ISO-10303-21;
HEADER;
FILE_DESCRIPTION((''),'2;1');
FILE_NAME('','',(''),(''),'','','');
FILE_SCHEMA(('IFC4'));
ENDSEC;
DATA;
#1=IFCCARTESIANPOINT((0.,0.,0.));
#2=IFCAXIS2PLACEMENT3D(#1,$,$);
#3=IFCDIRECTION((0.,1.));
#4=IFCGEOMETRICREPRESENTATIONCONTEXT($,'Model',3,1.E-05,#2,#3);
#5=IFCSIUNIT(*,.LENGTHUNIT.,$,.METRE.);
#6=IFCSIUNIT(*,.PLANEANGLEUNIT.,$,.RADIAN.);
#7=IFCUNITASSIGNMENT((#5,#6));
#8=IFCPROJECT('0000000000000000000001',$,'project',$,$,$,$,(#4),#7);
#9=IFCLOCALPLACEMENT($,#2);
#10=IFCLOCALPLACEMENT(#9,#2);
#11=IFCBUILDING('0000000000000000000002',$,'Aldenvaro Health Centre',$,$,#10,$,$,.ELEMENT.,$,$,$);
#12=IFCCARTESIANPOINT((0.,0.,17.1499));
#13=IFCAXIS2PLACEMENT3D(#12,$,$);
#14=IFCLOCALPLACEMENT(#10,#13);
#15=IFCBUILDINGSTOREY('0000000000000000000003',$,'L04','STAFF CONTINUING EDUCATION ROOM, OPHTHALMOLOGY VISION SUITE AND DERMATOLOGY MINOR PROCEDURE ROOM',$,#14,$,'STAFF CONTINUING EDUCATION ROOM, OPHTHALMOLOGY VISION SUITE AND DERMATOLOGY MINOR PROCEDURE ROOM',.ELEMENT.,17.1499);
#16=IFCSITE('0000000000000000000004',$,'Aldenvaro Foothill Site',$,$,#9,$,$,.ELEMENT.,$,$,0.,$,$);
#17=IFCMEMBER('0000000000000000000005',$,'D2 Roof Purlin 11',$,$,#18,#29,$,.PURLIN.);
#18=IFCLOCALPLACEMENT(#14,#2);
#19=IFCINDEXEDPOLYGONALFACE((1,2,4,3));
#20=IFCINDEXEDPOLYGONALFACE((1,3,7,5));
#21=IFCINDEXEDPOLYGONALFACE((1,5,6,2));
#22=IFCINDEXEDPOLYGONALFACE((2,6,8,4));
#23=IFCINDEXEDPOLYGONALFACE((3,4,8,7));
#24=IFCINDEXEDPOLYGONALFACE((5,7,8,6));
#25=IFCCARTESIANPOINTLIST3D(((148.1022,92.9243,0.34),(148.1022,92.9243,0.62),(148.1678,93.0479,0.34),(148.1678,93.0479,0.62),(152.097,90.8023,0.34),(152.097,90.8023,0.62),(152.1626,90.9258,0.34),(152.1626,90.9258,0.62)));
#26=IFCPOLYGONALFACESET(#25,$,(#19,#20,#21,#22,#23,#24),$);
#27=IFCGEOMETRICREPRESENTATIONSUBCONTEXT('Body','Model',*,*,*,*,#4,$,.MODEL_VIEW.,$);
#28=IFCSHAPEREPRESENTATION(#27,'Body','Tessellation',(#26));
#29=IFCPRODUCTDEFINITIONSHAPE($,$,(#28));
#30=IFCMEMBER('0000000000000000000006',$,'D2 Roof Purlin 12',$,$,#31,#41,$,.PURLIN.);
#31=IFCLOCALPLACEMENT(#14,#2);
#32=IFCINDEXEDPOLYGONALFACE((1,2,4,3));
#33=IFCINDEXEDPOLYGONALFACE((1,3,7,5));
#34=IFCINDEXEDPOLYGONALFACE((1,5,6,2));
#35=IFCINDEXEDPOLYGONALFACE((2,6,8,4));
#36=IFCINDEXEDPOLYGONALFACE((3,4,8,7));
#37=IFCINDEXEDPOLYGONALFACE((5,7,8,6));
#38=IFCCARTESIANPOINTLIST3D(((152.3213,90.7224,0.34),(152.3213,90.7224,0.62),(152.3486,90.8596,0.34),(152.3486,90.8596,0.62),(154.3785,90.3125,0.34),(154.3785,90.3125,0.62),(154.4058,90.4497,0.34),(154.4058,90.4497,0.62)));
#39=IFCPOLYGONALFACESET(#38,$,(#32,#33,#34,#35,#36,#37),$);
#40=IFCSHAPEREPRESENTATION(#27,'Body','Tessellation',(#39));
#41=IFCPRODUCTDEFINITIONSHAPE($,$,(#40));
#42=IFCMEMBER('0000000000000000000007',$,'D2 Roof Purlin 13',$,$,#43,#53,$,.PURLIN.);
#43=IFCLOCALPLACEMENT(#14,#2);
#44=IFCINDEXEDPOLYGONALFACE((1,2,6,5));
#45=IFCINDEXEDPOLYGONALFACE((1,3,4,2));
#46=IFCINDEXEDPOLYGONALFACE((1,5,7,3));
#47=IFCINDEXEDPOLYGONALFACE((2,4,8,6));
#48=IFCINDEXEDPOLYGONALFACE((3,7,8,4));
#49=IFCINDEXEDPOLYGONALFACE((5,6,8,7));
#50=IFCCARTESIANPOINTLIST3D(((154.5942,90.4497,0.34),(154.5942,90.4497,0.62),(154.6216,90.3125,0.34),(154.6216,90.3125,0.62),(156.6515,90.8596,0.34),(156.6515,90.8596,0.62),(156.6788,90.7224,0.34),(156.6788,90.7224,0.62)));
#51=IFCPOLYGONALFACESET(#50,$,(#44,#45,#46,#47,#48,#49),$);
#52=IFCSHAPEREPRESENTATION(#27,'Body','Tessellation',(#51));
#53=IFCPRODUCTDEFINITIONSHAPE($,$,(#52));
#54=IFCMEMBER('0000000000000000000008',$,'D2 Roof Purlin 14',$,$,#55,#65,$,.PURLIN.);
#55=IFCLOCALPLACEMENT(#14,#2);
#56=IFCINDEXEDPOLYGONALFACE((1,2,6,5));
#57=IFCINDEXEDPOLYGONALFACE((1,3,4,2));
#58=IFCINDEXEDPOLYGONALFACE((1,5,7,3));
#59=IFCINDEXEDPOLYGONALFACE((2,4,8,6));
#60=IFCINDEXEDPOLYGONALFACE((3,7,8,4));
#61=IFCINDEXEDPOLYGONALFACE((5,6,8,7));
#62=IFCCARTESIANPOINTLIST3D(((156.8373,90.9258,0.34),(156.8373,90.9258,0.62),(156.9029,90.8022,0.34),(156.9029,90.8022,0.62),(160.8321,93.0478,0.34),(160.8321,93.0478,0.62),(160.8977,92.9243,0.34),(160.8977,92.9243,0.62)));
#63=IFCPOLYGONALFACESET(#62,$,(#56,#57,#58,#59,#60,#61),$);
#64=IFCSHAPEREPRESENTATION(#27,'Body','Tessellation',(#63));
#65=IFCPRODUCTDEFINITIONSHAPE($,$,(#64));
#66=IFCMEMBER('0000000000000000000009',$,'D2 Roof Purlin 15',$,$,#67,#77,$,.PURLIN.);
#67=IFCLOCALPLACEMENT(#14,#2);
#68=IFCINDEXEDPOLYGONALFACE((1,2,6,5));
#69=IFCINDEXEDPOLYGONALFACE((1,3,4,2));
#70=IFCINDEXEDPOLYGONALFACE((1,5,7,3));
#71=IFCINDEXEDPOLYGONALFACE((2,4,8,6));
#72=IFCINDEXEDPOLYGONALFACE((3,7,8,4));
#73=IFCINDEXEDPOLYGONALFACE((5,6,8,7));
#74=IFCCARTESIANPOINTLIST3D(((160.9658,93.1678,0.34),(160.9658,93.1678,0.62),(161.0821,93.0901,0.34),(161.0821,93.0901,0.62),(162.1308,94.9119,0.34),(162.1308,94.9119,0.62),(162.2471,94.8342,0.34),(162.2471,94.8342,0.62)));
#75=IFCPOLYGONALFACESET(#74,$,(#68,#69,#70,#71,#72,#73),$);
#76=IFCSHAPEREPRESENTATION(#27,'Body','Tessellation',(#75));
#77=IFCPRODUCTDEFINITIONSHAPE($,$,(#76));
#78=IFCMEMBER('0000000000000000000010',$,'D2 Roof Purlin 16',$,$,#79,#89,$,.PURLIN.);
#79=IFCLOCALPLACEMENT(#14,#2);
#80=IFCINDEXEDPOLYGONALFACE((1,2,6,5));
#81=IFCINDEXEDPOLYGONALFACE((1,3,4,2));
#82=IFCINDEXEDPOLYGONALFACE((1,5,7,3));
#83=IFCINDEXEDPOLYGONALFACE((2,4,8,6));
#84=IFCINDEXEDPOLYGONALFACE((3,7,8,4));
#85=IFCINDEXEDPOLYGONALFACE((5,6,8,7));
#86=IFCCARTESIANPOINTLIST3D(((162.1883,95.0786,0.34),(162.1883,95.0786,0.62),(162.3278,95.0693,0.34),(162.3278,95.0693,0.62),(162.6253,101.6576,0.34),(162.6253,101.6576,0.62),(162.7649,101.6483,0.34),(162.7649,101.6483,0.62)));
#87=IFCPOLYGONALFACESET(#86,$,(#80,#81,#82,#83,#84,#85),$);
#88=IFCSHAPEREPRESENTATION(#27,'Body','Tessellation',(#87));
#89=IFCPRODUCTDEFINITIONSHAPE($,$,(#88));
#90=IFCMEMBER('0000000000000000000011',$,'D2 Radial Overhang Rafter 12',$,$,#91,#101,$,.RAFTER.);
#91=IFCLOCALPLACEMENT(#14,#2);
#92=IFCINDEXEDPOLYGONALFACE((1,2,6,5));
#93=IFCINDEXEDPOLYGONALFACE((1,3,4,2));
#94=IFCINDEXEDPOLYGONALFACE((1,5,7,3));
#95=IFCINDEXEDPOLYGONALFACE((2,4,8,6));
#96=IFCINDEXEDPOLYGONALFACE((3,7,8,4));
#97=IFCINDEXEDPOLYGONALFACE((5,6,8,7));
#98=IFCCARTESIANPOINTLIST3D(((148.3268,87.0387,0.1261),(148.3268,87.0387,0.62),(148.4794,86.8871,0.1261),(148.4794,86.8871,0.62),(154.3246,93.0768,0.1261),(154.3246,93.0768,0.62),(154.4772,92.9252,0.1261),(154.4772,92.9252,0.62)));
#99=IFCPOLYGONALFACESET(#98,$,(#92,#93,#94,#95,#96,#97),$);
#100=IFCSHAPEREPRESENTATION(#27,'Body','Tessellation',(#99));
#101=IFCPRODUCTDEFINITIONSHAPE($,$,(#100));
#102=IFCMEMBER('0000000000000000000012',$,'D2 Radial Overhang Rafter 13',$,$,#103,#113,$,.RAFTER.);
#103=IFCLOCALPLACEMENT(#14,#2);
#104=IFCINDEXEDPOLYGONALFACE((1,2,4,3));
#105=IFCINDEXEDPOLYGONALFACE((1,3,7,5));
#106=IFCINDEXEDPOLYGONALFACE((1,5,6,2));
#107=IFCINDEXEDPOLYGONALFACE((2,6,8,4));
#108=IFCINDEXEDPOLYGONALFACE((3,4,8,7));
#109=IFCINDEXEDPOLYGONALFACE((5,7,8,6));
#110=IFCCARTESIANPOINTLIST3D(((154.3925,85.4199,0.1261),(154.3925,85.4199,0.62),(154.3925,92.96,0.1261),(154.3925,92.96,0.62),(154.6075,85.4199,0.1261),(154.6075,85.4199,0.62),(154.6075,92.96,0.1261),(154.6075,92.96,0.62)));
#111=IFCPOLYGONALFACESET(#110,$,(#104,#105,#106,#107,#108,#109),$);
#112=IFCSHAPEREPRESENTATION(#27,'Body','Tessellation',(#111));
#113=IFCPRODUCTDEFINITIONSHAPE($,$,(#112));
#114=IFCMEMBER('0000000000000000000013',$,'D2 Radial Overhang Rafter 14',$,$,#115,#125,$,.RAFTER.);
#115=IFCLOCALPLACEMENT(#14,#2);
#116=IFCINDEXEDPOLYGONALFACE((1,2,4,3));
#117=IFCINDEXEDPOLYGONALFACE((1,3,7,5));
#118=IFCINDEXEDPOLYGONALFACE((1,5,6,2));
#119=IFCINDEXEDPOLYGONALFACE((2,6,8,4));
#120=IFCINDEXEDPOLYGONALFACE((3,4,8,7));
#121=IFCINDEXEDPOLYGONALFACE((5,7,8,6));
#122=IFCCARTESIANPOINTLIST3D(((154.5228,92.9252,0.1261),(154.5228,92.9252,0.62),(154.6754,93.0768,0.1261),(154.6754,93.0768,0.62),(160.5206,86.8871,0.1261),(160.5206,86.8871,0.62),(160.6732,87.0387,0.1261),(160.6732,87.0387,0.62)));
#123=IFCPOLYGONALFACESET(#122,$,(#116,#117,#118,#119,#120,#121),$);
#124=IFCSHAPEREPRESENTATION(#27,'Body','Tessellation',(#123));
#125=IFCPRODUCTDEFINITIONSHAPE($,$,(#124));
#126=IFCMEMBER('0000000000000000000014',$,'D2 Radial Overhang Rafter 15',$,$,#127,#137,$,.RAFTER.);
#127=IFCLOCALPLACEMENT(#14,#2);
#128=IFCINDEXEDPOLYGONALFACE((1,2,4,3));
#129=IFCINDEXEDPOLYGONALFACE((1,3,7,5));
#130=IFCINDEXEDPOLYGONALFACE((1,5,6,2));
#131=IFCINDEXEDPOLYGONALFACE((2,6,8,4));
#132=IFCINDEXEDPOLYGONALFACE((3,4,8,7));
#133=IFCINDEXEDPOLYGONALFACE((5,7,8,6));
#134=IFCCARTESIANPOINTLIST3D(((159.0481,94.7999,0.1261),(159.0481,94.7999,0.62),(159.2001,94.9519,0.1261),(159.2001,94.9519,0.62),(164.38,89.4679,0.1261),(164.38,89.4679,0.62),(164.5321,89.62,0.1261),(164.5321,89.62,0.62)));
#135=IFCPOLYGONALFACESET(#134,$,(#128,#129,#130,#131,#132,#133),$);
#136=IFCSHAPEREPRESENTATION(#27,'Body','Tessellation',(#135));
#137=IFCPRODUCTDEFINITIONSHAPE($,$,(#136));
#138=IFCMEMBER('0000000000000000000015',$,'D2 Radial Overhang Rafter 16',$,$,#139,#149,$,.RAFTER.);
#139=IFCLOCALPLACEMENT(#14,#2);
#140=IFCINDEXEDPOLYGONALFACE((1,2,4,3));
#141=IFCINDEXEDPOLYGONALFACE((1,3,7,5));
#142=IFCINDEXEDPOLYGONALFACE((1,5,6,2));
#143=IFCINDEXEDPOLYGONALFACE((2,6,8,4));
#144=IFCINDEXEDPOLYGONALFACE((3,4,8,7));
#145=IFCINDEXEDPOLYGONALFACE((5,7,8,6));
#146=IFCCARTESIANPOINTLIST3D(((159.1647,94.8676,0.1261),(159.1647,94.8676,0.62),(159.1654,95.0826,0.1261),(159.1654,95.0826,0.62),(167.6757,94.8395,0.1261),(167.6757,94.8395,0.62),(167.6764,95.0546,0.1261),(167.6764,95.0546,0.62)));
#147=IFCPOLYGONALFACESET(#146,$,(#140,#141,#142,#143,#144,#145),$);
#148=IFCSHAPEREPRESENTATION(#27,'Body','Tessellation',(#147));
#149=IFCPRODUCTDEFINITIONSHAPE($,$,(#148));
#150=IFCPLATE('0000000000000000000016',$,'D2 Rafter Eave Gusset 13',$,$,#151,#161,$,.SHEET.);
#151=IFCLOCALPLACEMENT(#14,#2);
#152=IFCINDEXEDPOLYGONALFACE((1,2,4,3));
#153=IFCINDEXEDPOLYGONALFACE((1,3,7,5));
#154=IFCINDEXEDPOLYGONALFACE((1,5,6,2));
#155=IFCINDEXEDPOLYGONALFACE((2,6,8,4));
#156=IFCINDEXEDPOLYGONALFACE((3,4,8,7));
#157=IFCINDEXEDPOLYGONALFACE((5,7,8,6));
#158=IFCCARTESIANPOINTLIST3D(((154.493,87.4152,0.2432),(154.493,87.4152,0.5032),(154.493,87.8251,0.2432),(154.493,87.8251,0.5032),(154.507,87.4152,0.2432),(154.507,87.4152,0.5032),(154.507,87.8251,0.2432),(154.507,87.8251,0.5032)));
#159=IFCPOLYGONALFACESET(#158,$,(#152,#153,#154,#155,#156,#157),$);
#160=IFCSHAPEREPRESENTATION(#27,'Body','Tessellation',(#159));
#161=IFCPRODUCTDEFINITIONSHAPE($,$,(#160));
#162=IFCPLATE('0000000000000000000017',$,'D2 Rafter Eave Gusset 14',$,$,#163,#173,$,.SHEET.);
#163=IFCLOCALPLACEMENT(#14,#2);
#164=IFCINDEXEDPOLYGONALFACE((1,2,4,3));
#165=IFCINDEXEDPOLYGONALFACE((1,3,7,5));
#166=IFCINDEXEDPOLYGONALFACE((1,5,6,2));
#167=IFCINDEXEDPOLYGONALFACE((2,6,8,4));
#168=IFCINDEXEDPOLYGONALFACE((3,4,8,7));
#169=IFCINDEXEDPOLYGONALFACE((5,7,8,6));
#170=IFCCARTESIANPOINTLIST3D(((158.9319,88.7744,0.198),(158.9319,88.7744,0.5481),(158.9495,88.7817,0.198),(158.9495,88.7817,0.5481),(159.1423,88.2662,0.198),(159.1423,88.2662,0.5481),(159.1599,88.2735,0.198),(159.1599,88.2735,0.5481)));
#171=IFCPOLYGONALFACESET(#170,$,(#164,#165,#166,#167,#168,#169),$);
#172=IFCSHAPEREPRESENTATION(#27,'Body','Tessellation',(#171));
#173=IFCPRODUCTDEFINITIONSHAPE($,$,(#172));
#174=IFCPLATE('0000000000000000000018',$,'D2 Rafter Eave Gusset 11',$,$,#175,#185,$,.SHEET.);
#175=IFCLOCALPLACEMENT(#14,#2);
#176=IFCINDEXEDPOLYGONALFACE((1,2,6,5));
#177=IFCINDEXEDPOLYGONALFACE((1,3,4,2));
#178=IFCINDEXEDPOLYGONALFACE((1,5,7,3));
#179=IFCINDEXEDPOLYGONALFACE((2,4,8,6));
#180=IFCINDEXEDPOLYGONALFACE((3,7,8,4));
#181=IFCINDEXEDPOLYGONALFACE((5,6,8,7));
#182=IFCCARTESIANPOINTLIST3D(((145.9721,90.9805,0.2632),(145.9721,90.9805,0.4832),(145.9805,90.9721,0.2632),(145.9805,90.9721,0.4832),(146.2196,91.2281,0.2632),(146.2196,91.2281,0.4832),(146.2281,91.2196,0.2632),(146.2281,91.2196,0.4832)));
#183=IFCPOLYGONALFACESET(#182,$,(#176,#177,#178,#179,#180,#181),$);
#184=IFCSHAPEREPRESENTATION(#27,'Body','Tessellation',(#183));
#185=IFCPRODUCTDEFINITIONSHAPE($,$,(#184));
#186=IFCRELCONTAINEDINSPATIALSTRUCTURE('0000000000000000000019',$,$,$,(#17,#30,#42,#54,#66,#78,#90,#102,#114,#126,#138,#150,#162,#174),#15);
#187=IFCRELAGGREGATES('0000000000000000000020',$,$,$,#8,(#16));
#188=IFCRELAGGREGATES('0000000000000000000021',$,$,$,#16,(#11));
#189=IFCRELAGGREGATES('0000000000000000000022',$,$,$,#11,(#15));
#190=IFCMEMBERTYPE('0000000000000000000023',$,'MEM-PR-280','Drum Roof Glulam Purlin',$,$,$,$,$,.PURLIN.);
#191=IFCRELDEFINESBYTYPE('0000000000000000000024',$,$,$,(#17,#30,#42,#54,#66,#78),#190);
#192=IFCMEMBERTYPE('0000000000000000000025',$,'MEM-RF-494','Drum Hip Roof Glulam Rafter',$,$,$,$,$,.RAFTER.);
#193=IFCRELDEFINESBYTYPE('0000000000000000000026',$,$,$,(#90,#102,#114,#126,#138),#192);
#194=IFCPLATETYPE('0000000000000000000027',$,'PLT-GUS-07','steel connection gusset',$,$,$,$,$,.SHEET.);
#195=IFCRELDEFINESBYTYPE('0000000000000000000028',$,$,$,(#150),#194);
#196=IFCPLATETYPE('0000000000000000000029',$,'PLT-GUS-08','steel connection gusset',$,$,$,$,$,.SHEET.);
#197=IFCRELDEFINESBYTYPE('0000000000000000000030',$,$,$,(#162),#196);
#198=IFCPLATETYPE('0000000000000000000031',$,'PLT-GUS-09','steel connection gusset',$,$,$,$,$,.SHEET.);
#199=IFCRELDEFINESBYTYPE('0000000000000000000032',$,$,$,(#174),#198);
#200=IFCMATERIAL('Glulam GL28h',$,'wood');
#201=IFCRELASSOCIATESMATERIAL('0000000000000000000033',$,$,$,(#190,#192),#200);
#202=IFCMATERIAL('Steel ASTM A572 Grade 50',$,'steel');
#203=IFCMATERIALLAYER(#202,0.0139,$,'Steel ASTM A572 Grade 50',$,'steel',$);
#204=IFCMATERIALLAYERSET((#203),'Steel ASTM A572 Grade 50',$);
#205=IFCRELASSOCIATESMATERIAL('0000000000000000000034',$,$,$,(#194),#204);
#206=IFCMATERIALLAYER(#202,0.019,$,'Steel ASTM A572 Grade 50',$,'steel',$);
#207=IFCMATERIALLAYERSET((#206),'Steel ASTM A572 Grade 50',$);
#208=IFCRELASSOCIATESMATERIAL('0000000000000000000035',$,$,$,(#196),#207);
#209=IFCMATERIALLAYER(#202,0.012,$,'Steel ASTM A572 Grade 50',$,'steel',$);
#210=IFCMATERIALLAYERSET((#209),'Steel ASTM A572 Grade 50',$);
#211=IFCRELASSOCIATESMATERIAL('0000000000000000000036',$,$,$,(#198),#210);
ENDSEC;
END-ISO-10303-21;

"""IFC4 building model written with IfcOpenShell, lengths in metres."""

from ifc_helpers import new_model, si_unit, direction, frame, origin, origin_2d, place, context, subcontext, project, spatial, rectangle, extrude, material, layer, layer_set, material_profile, profile_set, type_object, element, save


model = new_model("IFC4")

# Units and contexts
model_context = context("Model", 3, precision=1e-05, world=origin(), true_north=direction((0.0, 1.0)))
body_context = subcontext(model_context, "Body", "Model", "MODEL_VIEW")
ifc_project = project(units=[si_unit("LENGTHUNIT", "METRE"), si_unit("PLANEANGLEUNIT", "RADIAN")], contexts=[model_context])

# Site, building, storey
site_placement = place(None, origin())
site = spatial("IfcSite", under=ifc_project, at=site_placement, Name="Aldenvaro Foothill Site", CompositionType="ELEMENT", RefElevation=0.0)
building_placement = place(site_placement, origin())
building = spatial("IfcBuilding", under=site, at=building_placement, Name="Aldenvaro Health Centre", CompositionType="ELEMENT")
storey_placement = place(building_placement, frame((0.0, 0.0, 17.1499)))
storey = spatial("IfcBuildingStorey", under=building, at=storey_placement, Name="L04", Description="STAFF CONTINUING EDUCATION ROOM, OPHTHALMOLOGY VISION SUITE AND DERMATOLOGY MINOR PROCEDURE ROOM", LongName="STAFF CONTINUING EDUCATION ROOM, OPHTHALMOLOGY VISION SUITE AND DERMATOLOGY MINOR PROCEDURE ROOM", CompositionType="ELEMENT", Elevation=17.1499)

# Shared definitions
ifc_material_1 = material(Name="Glulam GL28h", Category="wood")

# Members
ifc_material_profile_1 = material_profile(ifc_material_1, rectangle(XDim=0.1399, YDim=0.28, at=origin_2d()), Name="GL 140x280", Category="wood")
ifc_profile_set_1 = profile_set([ifc_material_profile_1], Name="Glulam GL28h")
member_type_1 = type_object("IfcMemberType", Name="MEM-PR-280", Description="Drum Roof Glulam Purlin", PredefinedType="PURLIN", material=ifc_profile_set_1)
member_1_placement = place(storey_placement, frame((148.135, 92.9861, 0.48), z_axis=(0.883135, -0.46912, 0.0), x_axis=(0.46912, 0.883135, 0.0)))
element("IfcMember", 1, at=member_1_placement, inside=storey, type_object=member_type_1, Name="D2 Roof Purlin 11", PredefinedType="PURLIN", context=body_context, shape_type="SweptSolid", body=[
    extrude(rectangle(XDim=0.1399, YDim=0.28, at=origin_2d()), origin(), (0.0, 0.0, 1.0), 4.5234),
])
for number, where, z_axis, x_axis, name in (
    (2, (152.335, 90.791, 0.48), (0.980719, -0.195422, 0.0), (0.195422, 0.980719, 0.0), "D2 Roof Purlin 12"),
    (3, (154.6079, 90.3811, 0.48), (0.980719, 0.195422, 0.0), (-0.195422, 0.980719, 0.0), "D2 Roof Purlin 13"),
):
    element("IfcMember", number, at=place(storey_placement, frame(where, z_axis=z_axis, x_axis=x_axis)), inside=storey, type_object=member_type_1, Name=name, PredefinedType="PURLIN", context=body_context, shape_type="SweptSolid", body=[
        extrude(rectangle(XDim=0.1399, YDim=0.28, at=origin_2d()), origin(), (0.0, 0.0, 1.0), 2.0977),
    ])
member_2_placement = place(storey_placement, frame((156.8701, 90.864, 0.48), z_axis=(0.883135, 0.46912, 0.0), x_axis=(-0.46912, 0.883135, 0.0)))
element("IfcMember", 4, at=member_2_placement, inside=storey, type_object=member_type_1, Name="D2 Roof Purlin 14", PredefinedType="PURLIN", context=body_context, shape_type="SweptSolid", body=[
    extrude(rectangle(XDim=0.1399, YDim=0.28, at=origin_2d()), origin(), (0.0, 0.0, 1.0), 4.5234),
])
member_3_placement = place(storey_placement, frame((161.0239, 93.1289, 0.48), z_axis=(0.555452, 0.831549, 0.0), x_axis=(-0.831549, 0.555452, 0.0)))
element("IfcMember", 5, at=member_3_placement, inside=storey, type_object=member_type_1, Name="D2 Roof Purlin 15", PredefinedType="PURLIN", context=body_context, shape_type="SweptSolid", body=[
    extrude(rectangle(XDim=0.1399, YDim=0.28, at=origin_2d()), origin(), (0.0, 0.0, 1.0), 2.0974),
])
member_4_placement = place(storey_placement, frame((162.2581, 95.074, 0.48), z_axis=(0.066278, 0.997801, 0.0), x_axis=(-0.997801, 0.066278, 0.0)))
element("IfcMember", 6, at=member_4_placement, inside=storey, type_object=member_type_1, Name="D2 Roof Purlin 16", PredefinedType="PURLIN", context=body_context, shape_type="SweptSolid", body=[
    extrude(rectangle(XDim=0.1399, YDim=0.28, at=origin_2d()), origin(), (0.0, 0.0, 1.0), 6.5935),
])
ifc_material_profile_2 = material_profile(ifc_material_1, rectangle(XDim=0.2151, YDim=0.4939, at=origin_2d()), Name="GL 215x494", Category="wood")
ifc_profile_set_2 = profile_set([ifc_material_profile_2], Name="Glulam GL28h")
member_type_2 = type_object("IfcMemberType", Name="MEM-RF-494", Description="Drum Hip Roof Glulam Rafter", PredefinedType="RAFTER", material=ifc_profile_set_2)
member_5_placement = place(storey_placement, frame((148.4031, 86.9629, 0.373), z_axis=(0.704736, 0.709469, 0.0), x_axis=(-0.709469, 0.704736, 0.0)))
element("IfcMember", 7, at=member_5_placement, inside=storey, type_object=member_type_2, Name="D2 Radial Overhang Rafter 12", PredefinedType="RAFTER", context=body_context, shape_type="SweptSolid", body=[
    extrude(rectangle(XDim=0.2151, YDim=0.4939, at=origin_2d()), origin(), (0.0, 0.0, 1.0), 8.5107),
])
member_6_placement = place(storey_placement, frame((154.5, 85.4199, 0.373), z_axis=(0.0, 1.0, 0.0), x_axis=(-1.0, 0.0, 0.0)))
element("IfcMember", 8, at=member_6_placement, inside=storey, type_object=member_type_2, Name="D2 Radial Overhang Rafter 13", PredefinedType="RAFTER", context=body_context, shape_type="SweptSolid", body=[
    extrude(rectangle(XDim=0.2151, YDim=0.4939, at=origin_2d()), origin(), (0.0, 0.0, 1.0), 7.54),
])
member_7_placement = place(storey_placement, frame((160.5969, 86.9629, 0.373), z_axis=(-0.704736, 0.709469, 0.0), x_axis=(-0.709469, -0.704736, 0.0)))
element("IfcMember", 9, at=member_7_placement, inside=storey, type_object=member_type_2, Name="D2 Radial Overhang Rafter 14", PredefinedType="RAFTER", context=body_context, shape_type="SweptSolid", body=[
    extrude(rectangle(XDim=0.2151, YDim=0.4939, at=origin_2d()), origin(), (0.0, 0.0, 1.0), 8.5107),
])
member_8_placement = place(storey_placement, frame((164.4561, 89.5439, 0.373), z_axis=(-0.707107, 0.707107, 0.0), x_axis=(-0.707107, -0.707107, 0.0)))
element("IfcMember", 10, at=member_8_placement, inside=storey, type_object=member_type_2, Name="D2 Radial Overhang Rafter 15", PredefinedType="RAFTER", context=body_context, shape_type="SweptSolid", body=[
    extrude(rectangle(XDim=0.2151, YDim=0.4939, at=origin_2d()), origin(), (0.0, 0.0, 1.0), 7.5405),
])
member_9_placement = place(storey_placement, frame((167.676, 94.947, 0.373), z_axis=(-0.999995, 0.003299, 0.0), x_axis=(-0.003299, -0.999995, 0.0)))
element("IfcMember", 11, at=member_9_placement, inside=storey, type_object=member_type_2, Name="D2 Radial Overhang Rafter 16", PredefinedType="RAFTER", context=body_context, shape_type="SweptSolid", body=[
    extrude(rectangle(XDim=0.2151, YDim=0.4939, at=origin_2d()), origin(), (0.0, 0.0, 1.0), 8.511),
])

# Plates
ifc_material_2 = material(Name="Steel ASTM A572 Grade 50", Category="steel")
ifc_layer_1 = layer(ifc_material_2, 0.0139, Name="Steel ASTM A572 Grade 50", Category="steel")
ifc_layer_set_1 = layer_set([ifc_layer_1], Name="Steel ASTM A572 Grade 50")
plate_type_1 = type_object("IfcPlateType", Name="PLT-GUS-07", Description="steel connection gusset", PredefinedType="SHEET", material=ifc_layer_set_1)
plate_1_placement = place(storey_placement, frame((154.5, 87.6201, 0.2432), z_axis=(0.0, 0.0, 1.0), x_axis=(0.0, -1.0, 0.0)))
element("IfcPlate", 12, at=plate_1_placement, inside=storey, type_object=plate_type_1, Name="D2 Rafter Eave Gusset 13", PredefinedType="SHEET", context=body_context, shape_type="SweptSolid", body=[
    extrude(rectangle(XDim=0.4099, YDim=0.0139, at=origin_2d()), origin(), (0.0, 0.0, 1.0), 0.26),
])
ifc_layer_2 = layer(ifc_material_2, 0.019, Name="Steel ASTM A572 Grade 50", Category="steel")
ifc_layer_set_2 = layer_set([ifc_layer_2], Name="Steel ASTM A572 Grade 50")
plate_type_2 = type_object("IfcPlateType", Name="PLT-GUS-08", Description="steel connection gusset", PredefinedType="SHEET", material=ifc_layer_set_2)
plate_2_placement = place(storey_placement, frame((159.0459, 88.5239, 0.198), z_axis=(0.0, 0.0, 1.0), x_axis=(0.382654, -0.923892, 0.0)))
element("IfcPlate", 13, at=plate_2_placement, inside=storey, type_object=plate_type_2, Name="D2 Rafter Eave Gusset 14", PredefinedType="SHEET", context=body_context, shape_type="SweptSolid", body=[
    extrude(rectangle(XDim=0.55, YDim=0.019, at=origin_2d()), origin(), (0.0, 0.0, 1.0), 0.3501),
])
ifc_layer_3 = layer(ifc_material_2, 0.012, Name="Steel ASTM A572 Grade 50", Category="steel")
ifc_layer_set_3 = layer_set([ifc_layer_3], Name="Steel ASTM A572 Grade 50")
plate_type_3 = type_object("IfcPlateType", Name="PLT-GUS-09", Description="steel connection gusset", PredefinedType="SHEET", material=ifc_layer_set_3)
for number, where, z_axis, x_axis, name in (
    (14, (146.1001, 91.1001, 0.2632), (0.0, 0.0, 1.0), (-0.707107, -0.707107, 0.0), "D2 Rafter Eave Gusset 11"),
):
    element("IfcPlate", number, at=place(storey_placement, frame(where, z_axis=z_axis, x_axis=x_axis)), inside=storey, type_object=plate_type_3, Name=name, PredefinedType="SHEET", context=body_context, shape_type="SweptSolid", body=[
        extrude(rectangle(XDim=0.3501, YDim=0.012, at=origin_2d()), origin(), (0.0, 0.0, 1.0), 0.22),
    ])

save(model, "model.ifc")
